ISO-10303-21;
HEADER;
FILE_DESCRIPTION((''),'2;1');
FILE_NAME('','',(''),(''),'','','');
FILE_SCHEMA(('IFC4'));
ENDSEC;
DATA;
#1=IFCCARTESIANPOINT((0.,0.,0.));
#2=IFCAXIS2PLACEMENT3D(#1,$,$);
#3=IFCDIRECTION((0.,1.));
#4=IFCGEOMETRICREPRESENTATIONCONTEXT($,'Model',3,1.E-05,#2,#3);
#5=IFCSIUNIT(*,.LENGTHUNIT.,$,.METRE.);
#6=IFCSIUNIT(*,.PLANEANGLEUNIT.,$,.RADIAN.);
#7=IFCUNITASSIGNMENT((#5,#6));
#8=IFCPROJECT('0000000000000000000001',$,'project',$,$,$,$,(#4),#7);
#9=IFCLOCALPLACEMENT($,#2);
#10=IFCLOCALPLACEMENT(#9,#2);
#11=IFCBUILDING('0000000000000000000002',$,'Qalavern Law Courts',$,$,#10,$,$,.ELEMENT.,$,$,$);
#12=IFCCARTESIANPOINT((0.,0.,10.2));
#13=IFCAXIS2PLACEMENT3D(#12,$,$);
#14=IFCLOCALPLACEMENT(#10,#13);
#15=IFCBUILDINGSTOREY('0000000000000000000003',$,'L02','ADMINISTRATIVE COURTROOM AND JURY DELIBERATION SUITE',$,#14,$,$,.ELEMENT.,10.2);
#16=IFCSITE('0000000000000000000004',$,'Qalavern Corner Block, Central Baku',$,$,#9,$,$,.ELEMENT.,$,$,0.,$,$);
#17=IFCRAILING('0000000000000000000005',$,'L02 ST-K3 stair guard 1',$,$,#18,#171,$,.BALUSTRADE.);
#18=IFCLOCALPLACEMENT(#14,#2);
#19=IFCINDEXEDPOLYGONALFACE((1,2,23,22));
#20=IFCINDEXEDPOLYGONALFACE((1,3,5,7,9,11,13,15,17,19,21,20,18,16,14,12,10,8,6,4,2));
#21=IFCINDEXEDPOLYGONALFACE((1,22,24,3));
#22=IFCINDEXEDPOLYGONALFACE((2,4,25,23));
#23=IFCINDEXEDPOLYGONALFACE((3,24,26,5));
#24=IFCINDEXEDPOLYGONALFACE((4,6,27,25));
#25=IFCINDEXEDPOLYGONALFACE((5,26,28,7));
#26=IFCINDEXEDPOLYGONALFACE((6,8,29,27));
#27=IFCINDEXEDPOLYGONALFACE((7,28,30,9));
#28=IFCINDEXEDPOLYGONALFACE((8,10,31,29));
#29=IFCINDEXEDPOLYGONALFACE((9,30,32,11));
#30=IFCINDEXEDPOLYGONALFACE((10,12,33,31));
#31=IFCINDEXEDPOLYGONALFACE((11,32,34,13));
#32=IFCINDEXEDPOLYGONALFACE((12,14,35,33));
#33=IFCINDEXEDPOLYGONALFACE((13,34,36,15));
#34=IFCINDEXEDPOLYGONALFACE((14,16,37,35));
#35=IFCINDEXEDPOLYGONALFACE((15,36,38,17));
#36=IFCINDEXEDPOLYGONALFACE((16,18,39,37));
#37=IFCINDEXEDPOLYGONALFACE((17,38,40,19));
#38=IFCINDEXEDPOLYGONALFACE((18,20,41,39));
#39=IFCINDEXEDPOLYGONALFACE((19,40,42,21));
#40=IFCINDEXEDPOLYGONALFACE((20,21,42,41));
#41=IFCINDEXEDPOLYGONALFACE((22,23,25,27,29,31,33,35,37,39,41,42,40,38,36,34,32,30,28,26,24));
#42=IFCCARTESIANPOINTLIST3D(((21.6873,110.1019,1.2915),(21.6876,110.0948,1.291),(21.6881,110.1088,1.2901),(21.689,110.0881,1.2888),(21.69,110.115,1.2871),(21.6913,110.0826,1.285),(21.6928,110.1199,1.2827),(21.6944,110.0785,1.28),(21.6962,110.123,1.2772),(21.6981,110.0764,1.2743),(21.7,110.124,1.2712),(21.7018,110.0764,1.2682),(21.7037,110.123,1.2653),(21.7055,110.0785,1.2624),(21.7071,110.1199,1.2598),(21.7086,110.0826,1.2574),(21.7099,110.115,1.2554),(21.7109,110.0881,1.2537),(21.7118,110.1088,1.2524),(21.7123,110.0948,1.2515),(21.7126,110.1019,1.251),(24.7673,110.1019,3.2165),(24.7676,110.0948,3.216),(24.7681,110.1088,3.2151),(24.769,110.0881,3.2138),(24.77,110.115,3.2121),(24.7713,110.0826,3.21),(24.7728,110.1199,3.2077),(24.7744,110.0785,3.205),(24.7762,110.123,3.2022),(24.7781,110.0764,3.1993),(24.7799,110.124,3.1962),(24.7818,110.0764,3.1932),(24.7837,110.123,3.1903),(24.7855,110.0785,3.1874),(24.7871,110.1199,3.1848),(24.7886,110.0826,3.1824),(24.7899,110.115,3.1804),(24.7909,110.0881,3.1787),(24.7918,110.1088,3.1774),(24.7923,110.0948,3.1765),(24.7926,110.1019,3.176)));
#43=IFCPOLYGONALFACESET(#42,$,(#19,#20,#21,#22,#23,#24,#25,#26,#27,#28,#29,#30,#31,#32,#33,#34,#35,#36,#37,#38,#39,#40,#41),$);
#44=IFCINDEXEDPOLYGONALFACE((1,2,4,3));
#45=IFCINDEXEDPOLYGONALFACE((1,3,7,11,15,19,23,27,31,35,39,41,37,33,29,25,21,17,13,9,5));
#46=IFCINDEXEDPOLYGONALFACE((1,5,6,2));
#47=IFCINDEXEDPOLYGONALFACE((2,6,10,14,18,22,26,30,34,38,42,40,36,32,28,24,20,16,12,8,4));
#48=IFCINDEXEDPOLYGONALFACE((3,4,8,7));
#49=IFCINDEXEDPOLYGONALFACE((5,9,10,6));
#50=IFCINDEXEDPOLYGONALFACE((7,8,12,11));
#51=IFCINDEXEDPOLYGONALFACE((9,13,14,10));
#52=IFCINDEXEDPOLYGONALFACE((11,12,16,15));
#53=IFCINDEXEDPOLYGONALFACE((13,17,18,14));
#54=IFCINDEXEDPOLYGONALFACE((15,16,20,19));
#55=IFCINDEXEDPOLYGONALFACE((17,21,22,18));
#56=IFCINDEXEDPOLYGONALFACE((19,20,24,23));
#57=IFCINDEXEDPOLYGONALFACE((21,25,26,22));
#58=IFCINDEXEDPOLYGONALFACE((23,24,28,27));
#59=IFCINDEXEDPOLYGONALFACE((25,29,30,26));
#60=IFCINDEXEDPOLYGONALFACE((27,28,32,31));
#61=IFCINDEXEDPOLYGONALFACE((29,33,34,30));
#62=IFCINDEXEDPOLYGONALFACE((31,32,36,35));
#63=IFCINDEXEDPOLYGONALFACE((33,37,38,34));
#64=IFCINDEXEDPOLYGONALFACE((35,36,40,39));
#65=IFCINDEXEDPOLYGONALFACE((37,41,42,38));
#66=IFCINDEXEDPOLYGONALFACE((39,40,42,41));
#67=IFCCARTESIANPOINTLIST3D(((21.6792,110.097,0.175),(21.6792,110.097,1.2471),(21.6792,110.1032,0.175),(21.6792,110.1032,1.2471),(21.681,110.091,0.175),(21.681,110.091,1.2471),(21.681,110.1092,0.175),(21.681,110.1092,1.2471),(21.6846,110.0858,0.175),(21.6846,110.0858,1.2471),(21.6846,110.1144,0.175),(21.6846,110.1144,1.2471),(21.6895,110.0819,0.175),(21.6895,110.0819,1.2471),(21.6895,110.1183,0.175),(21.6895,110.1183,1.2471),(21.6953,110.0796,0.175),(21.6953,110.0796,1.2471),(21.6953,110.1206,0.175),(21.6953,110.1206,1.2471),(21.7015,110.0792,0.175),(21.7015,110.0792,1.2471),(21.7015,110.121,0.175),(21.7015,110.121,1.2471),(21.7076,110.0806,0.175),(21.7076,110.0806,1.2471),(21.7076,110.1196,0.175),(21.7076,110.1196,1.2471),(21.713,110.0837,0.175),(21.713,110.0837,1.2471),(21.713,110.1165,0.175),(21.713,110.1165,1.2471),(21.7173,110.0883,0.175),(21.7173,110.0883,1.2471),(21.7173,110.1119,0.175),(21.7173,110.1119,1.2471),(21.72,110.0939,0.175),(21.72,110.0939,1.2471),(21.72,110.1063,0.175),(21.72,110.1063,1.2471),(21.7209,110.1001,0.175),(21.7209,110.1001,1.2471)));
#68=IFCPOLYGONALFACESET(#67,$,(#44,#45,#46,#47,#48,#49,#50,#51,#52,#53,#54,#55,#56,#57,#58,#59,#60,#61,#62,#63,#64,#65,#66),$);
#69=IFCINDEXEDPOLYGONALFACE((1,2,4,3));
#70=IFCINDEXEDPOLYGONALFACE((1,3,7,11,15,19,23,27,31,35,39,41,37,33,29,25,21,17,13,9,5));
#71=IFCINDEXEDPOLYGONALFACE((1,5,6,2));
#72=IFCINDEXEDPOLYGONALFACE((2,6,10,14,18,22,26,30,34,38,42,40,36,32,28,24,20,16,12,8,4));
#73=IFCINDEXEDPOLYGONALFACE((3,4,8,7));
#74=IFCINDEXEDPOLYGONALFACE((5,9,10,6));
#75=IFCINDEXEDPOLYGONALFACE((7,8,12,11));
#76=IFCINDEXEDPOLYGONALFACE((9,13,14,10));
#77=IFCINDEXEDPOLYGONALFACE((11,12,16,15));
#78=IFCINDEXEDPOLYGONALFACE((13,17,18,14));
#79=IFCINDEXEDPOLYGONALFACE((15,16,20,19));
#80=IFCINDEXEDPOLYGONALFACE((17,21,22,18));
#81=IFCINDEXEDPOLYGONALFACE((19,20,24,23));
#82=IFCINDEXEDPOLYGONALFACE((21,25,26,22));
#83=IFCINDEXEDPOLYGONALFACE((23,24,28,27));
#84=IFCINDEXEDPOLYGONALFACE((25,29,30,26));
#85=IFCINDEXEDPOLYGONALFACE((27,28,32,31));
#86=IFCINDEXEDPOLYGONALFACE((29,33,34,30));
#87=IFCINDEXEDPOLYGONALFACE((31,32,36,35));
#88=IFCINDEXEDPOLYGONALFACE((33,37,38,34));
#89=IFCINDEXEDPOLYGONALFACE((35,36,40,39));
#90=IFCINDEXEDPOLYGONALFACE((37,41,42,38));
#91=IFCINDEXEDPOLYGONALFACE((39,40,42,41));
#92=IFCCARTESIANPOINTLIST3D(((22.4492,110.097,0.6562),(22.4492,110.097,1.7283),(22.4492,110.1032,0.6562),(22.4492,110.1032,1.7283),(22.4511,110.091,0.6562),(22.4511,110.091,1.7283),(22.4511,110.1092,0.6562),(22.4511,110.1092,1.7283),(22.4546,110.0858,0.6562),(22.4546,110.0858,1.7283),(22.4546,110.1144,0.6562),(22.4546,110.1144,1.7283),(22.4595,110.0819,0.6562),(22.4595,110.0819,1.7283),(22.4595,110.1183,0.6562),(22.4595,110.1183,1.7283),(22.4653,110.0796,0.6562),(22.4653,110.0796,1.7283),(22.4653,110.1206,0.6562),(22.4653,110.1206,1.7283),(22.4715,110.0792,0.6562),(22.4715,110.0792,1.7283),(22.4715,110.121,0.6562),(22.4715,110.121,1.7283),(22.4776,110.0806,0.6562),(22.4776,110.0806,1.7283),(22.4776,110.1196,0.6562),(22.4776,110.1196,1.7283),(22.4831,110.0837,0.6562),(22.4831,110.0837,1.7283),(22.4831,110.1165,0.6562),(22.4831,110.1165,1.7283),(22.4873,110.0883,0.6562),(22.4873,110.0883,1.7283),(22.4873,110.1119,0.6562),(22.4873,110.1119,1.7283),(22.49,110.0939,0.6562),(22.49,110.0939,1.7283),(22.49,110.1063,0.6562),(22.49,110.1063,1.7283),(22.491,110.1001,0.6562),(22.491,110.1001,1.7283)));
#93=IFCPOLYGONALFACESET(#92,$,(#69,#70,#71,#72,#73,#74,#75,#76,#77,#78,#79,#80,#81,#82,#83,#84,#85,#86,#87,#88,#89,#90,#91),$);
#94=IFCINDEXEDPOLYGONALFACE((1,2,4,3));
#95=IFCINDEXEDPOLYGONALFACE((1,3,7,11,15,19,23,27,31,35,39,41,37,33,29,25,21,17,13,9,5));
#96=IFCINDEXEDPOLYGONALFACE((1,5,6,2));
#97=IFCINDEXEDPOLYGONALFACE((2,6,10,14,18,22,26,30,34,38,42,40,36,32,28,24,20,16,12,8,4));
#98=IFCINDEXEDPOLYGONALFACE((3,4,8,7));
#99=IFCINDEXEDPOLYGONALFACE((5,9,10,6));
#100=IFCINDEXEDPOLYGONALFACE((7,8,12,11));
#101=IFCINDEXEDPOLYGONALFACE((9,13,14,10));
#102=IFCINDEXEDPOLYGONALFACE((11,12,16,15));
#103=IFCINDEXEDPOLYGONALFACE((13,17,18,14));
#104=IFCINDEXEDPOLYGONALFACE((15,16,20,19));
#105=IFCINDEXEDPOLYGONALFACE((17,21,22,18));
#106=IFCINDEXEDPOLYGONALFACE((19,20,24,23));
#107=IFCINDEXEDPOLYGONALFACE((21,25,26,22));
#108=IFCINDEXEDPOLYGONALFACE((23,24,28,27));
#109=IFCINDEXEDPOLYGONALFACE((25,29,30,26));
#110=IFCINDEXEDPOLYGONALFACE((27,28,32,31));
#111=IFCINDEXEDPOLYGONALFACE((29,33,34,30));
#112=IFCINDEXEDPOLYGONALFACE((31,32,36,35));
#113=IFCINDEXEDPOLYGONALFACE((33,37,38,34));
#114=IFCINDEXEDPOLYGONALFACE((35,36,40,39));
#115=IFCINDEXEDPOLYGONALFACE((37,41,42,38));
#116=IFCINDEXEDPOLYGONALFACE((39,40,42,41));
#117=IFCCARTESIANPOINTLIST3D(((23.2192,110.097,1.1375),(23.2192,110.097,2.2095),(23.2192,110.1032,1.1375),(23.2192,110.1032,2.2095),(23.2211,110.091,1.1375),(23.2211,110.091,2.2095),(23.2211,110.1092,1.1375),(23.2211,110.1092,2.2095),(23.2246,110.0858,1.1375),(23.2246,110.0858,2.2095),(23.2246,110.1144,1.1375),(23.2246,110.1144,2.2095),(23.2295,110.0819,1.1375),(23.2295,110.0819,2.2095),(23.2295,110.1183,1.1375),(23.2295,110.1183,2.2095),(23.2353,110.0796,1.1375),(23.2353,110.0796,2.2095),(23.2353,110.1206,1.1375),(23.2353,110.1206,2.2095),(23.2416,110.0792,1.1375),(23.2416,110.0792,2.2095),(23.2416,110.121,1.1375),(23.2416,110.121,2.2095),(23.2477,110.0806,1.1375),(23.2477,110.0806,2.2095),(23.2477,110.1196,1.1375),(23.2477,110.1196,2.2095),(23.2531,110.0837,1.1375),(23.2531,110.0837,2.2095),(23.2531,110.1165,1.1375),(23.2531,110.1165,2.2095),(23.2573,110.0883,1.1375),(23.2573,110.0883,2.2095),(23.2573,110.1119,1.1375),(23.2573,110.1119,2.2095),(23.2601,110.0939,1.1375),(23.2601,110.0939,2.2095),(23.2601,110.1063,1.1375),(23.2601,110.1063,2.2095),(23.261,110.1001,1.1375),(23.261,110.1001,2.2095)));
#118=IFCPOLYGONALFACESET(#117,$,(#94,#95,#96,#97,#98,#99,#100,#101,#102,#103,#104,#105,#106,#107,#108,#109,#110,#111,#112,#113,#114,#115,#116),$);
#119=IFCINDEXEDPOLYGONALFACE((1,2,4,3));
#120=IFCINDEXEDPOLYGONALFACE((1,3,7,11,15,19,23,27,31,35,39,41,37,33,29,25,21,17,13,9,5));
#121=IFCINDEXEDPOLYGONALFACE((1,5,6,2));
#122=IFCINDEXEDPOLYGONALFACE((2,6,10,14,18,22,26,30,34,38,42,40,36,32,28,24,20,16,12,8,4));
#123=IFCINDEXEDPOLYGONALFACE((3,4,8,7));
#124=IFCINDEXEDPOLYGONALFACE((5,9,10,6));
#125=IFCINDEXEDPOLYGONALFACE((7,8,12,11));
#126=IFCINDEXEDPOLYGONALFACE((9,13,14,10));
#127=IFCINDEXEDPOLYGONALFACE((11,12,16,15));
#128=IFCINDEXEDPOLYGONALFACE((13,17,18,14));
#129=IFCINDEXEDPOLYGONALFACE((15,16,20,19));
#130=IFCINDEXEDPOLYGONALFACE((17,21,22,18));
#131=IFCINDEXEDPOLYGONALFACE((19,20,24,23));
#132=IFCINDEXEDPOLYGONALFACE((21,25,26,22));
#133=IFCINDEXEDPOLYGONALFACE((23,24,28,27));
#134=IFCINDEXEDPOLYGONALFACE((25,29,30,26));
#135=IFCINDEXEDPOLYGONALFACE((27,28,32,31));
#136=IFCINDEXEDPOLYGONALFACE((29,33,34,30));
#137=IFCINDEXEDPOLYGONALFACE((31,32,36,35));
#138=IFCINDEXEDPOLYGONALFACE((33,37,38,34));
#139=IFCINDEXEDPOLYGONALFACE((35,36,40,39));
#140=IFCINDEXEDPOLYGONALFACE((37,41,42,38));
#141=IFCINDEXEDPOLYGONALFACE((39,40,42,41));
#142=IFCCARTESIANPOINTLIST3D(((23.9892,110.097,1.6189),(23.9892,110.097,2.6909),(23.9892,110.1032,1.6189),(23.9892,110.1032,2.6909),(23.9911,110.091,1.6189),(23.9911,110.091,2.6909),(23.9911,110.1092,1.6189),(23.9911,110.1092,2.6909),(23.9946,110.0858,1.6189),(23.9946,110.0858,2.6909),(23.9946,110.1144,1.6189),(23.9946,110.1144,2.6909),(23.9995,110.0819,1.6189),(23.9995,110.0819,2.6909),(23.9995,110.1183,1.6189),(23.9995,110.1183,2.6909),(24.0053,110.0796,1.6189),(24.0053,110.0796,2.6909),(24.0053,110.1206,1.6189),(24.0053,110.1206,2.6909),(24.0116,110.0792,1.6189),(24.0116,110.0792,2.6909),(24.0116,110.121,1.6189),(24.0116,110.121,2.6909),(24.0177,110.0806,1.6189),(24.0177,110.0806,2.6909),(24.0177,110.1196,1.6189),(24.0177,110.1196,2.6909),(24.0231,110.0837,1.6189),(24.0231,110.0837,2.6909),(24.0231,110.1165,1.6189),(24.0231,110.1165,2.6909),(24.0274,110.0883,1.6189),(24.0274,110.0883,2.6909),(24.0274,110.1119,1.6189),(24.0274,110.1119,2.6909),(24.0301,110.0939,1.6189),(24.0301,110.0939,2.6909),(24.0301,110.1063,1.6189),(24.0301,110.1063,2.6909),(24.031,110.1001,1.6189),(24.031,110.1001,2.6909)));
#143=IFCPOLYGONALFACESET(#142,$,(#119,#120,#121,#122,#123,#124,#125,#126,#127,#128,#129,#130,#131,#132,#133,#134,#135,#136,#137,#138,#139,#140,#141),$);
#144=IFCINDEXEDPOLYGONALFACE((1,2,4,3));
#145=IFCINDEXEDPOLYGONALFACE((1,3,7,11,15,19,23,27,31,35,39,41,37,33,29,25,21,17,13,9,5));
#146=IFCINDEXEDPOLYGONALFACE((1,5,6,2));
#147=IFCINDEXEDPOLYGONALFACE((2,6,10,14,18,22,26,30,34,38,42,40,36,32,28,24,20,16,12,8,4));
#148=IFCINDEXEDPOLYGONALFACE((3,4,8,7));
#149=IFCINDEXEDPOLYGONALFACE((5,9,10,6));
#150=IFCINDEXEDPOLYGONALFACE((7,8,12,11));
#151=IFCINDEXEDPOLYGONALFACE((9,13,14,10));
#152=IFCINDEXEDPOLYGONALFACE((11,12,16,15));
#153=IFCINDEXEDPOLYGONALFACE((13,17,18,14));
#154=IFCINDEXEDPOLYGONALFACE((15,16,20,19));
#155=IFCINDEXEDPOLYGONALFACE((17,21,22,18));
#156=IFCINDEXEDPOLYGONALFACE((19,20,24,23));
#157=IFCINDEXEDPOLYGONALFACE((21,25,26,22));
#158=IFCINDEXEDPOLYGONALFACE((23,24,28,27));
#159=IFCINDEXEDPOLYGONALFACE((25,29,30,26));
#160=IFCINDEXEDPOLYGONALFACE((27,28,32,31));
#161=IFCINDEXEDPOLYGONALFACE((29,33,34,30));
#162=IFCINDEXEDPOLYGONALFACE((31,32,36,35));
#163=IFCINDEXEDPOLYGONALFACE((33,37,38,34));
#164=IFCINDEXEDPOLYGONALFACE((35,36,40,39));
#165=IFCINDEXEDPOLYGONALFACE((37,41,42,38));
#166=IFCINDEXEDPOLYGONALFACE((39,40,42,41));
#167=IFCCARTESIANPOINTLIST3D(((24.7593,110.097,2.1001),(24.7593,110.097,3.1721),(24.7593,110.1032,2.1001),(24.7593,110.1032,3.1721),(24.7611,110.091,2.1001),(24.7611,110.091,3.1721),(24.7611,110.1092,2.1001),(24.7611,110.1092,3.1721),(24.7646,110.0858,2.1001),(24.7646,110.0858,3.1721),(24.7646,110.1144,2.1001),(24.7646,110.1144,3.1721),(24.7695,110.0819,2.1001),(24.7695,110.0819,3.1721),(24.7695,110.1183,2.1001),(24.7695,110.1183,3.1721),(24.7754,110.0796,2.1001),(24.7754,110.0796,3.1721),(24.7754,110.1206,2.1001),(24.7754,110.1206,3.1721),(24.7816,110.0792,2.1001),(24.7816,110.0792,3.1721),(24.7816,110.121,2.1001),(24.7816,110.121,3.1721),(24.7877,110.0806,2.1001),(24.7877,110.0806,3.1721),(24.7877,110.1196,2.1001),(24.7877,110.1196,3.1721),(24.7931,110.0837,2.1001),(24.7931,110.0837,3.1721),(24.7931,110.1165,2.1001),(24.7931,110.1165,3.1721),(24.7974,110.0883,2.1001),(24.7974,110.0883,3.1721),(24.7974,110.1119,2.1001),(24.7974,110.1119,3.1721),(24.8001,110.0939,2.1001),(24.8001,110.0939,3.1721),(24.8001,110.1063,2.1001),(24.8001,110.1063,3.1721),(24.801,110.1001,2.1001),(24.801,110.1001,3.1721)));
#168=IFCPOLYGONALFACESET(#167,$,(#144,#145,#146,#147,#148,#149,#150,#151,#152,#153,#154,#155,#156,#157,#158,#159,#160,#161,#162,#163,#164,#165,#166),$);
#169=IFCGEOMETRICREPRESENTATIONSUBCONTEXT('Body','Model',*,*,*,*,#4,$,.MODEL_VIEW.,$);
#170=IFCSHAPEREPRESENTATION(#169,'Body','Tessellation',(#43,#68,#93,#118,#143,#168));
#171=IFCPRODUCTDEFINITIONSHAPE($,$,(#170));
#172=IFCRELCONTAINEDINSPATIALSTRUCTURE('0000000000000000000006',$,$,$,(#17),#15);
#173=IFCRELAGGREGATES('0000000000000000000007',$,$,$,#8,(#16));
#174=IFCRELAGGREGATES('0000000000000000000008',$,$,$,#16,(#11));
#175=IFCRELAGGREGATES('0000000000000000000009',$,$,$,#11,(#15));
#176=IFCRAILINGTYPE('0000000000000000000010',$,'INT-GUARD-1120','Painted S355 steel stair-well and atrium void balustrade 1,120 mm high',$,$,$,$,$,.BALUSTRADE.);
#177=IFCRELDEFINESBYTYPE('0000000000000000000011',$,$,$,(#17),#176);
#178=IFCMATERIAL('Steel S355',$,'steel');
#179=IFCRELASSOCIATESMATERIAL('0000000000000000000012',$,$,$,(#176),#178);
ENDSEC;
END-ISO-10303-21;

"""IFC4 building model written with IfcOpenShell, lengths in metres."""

from ifc_helpers import new_model, si_unit, direction, frame, origin, origin_2d, place, context, subcontext, project, spatial, circle, extrude, material, type_object, element, save


model = new_model("IFC4")

# Units and contexts
model_context = context("Model", 3, precision=1e-05, world=origin(), true_north=direction((0.0, 1.0)))
body_context = subcontext(model_context, "Body", "Model", "MODEL_VIEW")
ifc_project = project(units=[si_unit("LENGTHUNIT", "METRE"), si_unit("PLANEANGLEUNIT", "RADIAN")], contexts=[model_context])

# Site, building, storey
site_placement = place(None, origin())
site = spatial("IfcSite", under=ifc_project, at=site_placement, Name="Qalavern Corner Block, Central Baku", CompositionType="ELEMENT", RefElevation=0.0)
building_placement = place(site_placement, origin())
building = spatial("IfcBuilding", under=site, at=building_placement, Name="Qalavern Law Courts", CompositionType="ELEMENT")
storey_placement = place(building_placement, frame((0.0, 0.0, 10.2)))
storey = spatial("IfcBuildingStorey", under=building, at=storey_placement, Name="L02", Description="ADMINISTRATIVE COURTROOM AND JURY DELIBERATION SUITE", CompositionType="ELEMENT", Elevation=10.2)

# Shared definitions
ifc_material_1 = material(Name="Steel S355", Category="steel")

# Railing
railing_type_1 = type_object("IfcRailingType", Name="INT-GUARD-1120", Description="Painted S355 steel stair-well and atrium void balustrade 1,120 mm high", PredefinedType="BALUSTRADE", material=ifc_material_1)
railing_1_placement = place(storey_placement, frame((21.7, 110.1001, 0.175)))
element("IfcRailing", 1, at=railing_1_placement, inside=storey, type_object=railing_type_1, Name="L02 ST-K3 stair guard 1", PredefinedType="BALUSTRADE", context=body_context, shape_type="SweptSolid", body=[
    extrude(circle(Radius=0.0239, at=origin_2d()), frame((0.0, 0.0, 1.0962), z_axis=(0.847998, 0.0, 0.529999), x_axis=(0.0, 1.0, 0.0)), (0.0, 0.0, 1.0), 3.6321),
    extrude(circle(Radius=0.021, at=origin_2d()), origin(), (0.0, 0.0, 1.0), 1.072),
    extrude(circle(Radius=0.021, at=origin_2d()), frame((0.77, 0.0, 0.4812)), (0.0, 0.0, 1.0), 1.072),
    extrude(circle(Radius=0.021, at=origin_2d()), frame((1.54, 0.0, 0.9624)), (0.0, 0.0, 1.0), 1.072),
    extrude(circle(Radius=0.021, at=origin_2d()), frame((2.3101, 0.0, 1.4438)), (0.0, 0.0, 1.0), 1.072),
    extrude(circle(Radius=0.021, at=origin_2d()), frame((3.0801, 0.0, 1.925)), (0.0, 0.0, 1.0), 1.072),
])

save(model, "model.ifc")
